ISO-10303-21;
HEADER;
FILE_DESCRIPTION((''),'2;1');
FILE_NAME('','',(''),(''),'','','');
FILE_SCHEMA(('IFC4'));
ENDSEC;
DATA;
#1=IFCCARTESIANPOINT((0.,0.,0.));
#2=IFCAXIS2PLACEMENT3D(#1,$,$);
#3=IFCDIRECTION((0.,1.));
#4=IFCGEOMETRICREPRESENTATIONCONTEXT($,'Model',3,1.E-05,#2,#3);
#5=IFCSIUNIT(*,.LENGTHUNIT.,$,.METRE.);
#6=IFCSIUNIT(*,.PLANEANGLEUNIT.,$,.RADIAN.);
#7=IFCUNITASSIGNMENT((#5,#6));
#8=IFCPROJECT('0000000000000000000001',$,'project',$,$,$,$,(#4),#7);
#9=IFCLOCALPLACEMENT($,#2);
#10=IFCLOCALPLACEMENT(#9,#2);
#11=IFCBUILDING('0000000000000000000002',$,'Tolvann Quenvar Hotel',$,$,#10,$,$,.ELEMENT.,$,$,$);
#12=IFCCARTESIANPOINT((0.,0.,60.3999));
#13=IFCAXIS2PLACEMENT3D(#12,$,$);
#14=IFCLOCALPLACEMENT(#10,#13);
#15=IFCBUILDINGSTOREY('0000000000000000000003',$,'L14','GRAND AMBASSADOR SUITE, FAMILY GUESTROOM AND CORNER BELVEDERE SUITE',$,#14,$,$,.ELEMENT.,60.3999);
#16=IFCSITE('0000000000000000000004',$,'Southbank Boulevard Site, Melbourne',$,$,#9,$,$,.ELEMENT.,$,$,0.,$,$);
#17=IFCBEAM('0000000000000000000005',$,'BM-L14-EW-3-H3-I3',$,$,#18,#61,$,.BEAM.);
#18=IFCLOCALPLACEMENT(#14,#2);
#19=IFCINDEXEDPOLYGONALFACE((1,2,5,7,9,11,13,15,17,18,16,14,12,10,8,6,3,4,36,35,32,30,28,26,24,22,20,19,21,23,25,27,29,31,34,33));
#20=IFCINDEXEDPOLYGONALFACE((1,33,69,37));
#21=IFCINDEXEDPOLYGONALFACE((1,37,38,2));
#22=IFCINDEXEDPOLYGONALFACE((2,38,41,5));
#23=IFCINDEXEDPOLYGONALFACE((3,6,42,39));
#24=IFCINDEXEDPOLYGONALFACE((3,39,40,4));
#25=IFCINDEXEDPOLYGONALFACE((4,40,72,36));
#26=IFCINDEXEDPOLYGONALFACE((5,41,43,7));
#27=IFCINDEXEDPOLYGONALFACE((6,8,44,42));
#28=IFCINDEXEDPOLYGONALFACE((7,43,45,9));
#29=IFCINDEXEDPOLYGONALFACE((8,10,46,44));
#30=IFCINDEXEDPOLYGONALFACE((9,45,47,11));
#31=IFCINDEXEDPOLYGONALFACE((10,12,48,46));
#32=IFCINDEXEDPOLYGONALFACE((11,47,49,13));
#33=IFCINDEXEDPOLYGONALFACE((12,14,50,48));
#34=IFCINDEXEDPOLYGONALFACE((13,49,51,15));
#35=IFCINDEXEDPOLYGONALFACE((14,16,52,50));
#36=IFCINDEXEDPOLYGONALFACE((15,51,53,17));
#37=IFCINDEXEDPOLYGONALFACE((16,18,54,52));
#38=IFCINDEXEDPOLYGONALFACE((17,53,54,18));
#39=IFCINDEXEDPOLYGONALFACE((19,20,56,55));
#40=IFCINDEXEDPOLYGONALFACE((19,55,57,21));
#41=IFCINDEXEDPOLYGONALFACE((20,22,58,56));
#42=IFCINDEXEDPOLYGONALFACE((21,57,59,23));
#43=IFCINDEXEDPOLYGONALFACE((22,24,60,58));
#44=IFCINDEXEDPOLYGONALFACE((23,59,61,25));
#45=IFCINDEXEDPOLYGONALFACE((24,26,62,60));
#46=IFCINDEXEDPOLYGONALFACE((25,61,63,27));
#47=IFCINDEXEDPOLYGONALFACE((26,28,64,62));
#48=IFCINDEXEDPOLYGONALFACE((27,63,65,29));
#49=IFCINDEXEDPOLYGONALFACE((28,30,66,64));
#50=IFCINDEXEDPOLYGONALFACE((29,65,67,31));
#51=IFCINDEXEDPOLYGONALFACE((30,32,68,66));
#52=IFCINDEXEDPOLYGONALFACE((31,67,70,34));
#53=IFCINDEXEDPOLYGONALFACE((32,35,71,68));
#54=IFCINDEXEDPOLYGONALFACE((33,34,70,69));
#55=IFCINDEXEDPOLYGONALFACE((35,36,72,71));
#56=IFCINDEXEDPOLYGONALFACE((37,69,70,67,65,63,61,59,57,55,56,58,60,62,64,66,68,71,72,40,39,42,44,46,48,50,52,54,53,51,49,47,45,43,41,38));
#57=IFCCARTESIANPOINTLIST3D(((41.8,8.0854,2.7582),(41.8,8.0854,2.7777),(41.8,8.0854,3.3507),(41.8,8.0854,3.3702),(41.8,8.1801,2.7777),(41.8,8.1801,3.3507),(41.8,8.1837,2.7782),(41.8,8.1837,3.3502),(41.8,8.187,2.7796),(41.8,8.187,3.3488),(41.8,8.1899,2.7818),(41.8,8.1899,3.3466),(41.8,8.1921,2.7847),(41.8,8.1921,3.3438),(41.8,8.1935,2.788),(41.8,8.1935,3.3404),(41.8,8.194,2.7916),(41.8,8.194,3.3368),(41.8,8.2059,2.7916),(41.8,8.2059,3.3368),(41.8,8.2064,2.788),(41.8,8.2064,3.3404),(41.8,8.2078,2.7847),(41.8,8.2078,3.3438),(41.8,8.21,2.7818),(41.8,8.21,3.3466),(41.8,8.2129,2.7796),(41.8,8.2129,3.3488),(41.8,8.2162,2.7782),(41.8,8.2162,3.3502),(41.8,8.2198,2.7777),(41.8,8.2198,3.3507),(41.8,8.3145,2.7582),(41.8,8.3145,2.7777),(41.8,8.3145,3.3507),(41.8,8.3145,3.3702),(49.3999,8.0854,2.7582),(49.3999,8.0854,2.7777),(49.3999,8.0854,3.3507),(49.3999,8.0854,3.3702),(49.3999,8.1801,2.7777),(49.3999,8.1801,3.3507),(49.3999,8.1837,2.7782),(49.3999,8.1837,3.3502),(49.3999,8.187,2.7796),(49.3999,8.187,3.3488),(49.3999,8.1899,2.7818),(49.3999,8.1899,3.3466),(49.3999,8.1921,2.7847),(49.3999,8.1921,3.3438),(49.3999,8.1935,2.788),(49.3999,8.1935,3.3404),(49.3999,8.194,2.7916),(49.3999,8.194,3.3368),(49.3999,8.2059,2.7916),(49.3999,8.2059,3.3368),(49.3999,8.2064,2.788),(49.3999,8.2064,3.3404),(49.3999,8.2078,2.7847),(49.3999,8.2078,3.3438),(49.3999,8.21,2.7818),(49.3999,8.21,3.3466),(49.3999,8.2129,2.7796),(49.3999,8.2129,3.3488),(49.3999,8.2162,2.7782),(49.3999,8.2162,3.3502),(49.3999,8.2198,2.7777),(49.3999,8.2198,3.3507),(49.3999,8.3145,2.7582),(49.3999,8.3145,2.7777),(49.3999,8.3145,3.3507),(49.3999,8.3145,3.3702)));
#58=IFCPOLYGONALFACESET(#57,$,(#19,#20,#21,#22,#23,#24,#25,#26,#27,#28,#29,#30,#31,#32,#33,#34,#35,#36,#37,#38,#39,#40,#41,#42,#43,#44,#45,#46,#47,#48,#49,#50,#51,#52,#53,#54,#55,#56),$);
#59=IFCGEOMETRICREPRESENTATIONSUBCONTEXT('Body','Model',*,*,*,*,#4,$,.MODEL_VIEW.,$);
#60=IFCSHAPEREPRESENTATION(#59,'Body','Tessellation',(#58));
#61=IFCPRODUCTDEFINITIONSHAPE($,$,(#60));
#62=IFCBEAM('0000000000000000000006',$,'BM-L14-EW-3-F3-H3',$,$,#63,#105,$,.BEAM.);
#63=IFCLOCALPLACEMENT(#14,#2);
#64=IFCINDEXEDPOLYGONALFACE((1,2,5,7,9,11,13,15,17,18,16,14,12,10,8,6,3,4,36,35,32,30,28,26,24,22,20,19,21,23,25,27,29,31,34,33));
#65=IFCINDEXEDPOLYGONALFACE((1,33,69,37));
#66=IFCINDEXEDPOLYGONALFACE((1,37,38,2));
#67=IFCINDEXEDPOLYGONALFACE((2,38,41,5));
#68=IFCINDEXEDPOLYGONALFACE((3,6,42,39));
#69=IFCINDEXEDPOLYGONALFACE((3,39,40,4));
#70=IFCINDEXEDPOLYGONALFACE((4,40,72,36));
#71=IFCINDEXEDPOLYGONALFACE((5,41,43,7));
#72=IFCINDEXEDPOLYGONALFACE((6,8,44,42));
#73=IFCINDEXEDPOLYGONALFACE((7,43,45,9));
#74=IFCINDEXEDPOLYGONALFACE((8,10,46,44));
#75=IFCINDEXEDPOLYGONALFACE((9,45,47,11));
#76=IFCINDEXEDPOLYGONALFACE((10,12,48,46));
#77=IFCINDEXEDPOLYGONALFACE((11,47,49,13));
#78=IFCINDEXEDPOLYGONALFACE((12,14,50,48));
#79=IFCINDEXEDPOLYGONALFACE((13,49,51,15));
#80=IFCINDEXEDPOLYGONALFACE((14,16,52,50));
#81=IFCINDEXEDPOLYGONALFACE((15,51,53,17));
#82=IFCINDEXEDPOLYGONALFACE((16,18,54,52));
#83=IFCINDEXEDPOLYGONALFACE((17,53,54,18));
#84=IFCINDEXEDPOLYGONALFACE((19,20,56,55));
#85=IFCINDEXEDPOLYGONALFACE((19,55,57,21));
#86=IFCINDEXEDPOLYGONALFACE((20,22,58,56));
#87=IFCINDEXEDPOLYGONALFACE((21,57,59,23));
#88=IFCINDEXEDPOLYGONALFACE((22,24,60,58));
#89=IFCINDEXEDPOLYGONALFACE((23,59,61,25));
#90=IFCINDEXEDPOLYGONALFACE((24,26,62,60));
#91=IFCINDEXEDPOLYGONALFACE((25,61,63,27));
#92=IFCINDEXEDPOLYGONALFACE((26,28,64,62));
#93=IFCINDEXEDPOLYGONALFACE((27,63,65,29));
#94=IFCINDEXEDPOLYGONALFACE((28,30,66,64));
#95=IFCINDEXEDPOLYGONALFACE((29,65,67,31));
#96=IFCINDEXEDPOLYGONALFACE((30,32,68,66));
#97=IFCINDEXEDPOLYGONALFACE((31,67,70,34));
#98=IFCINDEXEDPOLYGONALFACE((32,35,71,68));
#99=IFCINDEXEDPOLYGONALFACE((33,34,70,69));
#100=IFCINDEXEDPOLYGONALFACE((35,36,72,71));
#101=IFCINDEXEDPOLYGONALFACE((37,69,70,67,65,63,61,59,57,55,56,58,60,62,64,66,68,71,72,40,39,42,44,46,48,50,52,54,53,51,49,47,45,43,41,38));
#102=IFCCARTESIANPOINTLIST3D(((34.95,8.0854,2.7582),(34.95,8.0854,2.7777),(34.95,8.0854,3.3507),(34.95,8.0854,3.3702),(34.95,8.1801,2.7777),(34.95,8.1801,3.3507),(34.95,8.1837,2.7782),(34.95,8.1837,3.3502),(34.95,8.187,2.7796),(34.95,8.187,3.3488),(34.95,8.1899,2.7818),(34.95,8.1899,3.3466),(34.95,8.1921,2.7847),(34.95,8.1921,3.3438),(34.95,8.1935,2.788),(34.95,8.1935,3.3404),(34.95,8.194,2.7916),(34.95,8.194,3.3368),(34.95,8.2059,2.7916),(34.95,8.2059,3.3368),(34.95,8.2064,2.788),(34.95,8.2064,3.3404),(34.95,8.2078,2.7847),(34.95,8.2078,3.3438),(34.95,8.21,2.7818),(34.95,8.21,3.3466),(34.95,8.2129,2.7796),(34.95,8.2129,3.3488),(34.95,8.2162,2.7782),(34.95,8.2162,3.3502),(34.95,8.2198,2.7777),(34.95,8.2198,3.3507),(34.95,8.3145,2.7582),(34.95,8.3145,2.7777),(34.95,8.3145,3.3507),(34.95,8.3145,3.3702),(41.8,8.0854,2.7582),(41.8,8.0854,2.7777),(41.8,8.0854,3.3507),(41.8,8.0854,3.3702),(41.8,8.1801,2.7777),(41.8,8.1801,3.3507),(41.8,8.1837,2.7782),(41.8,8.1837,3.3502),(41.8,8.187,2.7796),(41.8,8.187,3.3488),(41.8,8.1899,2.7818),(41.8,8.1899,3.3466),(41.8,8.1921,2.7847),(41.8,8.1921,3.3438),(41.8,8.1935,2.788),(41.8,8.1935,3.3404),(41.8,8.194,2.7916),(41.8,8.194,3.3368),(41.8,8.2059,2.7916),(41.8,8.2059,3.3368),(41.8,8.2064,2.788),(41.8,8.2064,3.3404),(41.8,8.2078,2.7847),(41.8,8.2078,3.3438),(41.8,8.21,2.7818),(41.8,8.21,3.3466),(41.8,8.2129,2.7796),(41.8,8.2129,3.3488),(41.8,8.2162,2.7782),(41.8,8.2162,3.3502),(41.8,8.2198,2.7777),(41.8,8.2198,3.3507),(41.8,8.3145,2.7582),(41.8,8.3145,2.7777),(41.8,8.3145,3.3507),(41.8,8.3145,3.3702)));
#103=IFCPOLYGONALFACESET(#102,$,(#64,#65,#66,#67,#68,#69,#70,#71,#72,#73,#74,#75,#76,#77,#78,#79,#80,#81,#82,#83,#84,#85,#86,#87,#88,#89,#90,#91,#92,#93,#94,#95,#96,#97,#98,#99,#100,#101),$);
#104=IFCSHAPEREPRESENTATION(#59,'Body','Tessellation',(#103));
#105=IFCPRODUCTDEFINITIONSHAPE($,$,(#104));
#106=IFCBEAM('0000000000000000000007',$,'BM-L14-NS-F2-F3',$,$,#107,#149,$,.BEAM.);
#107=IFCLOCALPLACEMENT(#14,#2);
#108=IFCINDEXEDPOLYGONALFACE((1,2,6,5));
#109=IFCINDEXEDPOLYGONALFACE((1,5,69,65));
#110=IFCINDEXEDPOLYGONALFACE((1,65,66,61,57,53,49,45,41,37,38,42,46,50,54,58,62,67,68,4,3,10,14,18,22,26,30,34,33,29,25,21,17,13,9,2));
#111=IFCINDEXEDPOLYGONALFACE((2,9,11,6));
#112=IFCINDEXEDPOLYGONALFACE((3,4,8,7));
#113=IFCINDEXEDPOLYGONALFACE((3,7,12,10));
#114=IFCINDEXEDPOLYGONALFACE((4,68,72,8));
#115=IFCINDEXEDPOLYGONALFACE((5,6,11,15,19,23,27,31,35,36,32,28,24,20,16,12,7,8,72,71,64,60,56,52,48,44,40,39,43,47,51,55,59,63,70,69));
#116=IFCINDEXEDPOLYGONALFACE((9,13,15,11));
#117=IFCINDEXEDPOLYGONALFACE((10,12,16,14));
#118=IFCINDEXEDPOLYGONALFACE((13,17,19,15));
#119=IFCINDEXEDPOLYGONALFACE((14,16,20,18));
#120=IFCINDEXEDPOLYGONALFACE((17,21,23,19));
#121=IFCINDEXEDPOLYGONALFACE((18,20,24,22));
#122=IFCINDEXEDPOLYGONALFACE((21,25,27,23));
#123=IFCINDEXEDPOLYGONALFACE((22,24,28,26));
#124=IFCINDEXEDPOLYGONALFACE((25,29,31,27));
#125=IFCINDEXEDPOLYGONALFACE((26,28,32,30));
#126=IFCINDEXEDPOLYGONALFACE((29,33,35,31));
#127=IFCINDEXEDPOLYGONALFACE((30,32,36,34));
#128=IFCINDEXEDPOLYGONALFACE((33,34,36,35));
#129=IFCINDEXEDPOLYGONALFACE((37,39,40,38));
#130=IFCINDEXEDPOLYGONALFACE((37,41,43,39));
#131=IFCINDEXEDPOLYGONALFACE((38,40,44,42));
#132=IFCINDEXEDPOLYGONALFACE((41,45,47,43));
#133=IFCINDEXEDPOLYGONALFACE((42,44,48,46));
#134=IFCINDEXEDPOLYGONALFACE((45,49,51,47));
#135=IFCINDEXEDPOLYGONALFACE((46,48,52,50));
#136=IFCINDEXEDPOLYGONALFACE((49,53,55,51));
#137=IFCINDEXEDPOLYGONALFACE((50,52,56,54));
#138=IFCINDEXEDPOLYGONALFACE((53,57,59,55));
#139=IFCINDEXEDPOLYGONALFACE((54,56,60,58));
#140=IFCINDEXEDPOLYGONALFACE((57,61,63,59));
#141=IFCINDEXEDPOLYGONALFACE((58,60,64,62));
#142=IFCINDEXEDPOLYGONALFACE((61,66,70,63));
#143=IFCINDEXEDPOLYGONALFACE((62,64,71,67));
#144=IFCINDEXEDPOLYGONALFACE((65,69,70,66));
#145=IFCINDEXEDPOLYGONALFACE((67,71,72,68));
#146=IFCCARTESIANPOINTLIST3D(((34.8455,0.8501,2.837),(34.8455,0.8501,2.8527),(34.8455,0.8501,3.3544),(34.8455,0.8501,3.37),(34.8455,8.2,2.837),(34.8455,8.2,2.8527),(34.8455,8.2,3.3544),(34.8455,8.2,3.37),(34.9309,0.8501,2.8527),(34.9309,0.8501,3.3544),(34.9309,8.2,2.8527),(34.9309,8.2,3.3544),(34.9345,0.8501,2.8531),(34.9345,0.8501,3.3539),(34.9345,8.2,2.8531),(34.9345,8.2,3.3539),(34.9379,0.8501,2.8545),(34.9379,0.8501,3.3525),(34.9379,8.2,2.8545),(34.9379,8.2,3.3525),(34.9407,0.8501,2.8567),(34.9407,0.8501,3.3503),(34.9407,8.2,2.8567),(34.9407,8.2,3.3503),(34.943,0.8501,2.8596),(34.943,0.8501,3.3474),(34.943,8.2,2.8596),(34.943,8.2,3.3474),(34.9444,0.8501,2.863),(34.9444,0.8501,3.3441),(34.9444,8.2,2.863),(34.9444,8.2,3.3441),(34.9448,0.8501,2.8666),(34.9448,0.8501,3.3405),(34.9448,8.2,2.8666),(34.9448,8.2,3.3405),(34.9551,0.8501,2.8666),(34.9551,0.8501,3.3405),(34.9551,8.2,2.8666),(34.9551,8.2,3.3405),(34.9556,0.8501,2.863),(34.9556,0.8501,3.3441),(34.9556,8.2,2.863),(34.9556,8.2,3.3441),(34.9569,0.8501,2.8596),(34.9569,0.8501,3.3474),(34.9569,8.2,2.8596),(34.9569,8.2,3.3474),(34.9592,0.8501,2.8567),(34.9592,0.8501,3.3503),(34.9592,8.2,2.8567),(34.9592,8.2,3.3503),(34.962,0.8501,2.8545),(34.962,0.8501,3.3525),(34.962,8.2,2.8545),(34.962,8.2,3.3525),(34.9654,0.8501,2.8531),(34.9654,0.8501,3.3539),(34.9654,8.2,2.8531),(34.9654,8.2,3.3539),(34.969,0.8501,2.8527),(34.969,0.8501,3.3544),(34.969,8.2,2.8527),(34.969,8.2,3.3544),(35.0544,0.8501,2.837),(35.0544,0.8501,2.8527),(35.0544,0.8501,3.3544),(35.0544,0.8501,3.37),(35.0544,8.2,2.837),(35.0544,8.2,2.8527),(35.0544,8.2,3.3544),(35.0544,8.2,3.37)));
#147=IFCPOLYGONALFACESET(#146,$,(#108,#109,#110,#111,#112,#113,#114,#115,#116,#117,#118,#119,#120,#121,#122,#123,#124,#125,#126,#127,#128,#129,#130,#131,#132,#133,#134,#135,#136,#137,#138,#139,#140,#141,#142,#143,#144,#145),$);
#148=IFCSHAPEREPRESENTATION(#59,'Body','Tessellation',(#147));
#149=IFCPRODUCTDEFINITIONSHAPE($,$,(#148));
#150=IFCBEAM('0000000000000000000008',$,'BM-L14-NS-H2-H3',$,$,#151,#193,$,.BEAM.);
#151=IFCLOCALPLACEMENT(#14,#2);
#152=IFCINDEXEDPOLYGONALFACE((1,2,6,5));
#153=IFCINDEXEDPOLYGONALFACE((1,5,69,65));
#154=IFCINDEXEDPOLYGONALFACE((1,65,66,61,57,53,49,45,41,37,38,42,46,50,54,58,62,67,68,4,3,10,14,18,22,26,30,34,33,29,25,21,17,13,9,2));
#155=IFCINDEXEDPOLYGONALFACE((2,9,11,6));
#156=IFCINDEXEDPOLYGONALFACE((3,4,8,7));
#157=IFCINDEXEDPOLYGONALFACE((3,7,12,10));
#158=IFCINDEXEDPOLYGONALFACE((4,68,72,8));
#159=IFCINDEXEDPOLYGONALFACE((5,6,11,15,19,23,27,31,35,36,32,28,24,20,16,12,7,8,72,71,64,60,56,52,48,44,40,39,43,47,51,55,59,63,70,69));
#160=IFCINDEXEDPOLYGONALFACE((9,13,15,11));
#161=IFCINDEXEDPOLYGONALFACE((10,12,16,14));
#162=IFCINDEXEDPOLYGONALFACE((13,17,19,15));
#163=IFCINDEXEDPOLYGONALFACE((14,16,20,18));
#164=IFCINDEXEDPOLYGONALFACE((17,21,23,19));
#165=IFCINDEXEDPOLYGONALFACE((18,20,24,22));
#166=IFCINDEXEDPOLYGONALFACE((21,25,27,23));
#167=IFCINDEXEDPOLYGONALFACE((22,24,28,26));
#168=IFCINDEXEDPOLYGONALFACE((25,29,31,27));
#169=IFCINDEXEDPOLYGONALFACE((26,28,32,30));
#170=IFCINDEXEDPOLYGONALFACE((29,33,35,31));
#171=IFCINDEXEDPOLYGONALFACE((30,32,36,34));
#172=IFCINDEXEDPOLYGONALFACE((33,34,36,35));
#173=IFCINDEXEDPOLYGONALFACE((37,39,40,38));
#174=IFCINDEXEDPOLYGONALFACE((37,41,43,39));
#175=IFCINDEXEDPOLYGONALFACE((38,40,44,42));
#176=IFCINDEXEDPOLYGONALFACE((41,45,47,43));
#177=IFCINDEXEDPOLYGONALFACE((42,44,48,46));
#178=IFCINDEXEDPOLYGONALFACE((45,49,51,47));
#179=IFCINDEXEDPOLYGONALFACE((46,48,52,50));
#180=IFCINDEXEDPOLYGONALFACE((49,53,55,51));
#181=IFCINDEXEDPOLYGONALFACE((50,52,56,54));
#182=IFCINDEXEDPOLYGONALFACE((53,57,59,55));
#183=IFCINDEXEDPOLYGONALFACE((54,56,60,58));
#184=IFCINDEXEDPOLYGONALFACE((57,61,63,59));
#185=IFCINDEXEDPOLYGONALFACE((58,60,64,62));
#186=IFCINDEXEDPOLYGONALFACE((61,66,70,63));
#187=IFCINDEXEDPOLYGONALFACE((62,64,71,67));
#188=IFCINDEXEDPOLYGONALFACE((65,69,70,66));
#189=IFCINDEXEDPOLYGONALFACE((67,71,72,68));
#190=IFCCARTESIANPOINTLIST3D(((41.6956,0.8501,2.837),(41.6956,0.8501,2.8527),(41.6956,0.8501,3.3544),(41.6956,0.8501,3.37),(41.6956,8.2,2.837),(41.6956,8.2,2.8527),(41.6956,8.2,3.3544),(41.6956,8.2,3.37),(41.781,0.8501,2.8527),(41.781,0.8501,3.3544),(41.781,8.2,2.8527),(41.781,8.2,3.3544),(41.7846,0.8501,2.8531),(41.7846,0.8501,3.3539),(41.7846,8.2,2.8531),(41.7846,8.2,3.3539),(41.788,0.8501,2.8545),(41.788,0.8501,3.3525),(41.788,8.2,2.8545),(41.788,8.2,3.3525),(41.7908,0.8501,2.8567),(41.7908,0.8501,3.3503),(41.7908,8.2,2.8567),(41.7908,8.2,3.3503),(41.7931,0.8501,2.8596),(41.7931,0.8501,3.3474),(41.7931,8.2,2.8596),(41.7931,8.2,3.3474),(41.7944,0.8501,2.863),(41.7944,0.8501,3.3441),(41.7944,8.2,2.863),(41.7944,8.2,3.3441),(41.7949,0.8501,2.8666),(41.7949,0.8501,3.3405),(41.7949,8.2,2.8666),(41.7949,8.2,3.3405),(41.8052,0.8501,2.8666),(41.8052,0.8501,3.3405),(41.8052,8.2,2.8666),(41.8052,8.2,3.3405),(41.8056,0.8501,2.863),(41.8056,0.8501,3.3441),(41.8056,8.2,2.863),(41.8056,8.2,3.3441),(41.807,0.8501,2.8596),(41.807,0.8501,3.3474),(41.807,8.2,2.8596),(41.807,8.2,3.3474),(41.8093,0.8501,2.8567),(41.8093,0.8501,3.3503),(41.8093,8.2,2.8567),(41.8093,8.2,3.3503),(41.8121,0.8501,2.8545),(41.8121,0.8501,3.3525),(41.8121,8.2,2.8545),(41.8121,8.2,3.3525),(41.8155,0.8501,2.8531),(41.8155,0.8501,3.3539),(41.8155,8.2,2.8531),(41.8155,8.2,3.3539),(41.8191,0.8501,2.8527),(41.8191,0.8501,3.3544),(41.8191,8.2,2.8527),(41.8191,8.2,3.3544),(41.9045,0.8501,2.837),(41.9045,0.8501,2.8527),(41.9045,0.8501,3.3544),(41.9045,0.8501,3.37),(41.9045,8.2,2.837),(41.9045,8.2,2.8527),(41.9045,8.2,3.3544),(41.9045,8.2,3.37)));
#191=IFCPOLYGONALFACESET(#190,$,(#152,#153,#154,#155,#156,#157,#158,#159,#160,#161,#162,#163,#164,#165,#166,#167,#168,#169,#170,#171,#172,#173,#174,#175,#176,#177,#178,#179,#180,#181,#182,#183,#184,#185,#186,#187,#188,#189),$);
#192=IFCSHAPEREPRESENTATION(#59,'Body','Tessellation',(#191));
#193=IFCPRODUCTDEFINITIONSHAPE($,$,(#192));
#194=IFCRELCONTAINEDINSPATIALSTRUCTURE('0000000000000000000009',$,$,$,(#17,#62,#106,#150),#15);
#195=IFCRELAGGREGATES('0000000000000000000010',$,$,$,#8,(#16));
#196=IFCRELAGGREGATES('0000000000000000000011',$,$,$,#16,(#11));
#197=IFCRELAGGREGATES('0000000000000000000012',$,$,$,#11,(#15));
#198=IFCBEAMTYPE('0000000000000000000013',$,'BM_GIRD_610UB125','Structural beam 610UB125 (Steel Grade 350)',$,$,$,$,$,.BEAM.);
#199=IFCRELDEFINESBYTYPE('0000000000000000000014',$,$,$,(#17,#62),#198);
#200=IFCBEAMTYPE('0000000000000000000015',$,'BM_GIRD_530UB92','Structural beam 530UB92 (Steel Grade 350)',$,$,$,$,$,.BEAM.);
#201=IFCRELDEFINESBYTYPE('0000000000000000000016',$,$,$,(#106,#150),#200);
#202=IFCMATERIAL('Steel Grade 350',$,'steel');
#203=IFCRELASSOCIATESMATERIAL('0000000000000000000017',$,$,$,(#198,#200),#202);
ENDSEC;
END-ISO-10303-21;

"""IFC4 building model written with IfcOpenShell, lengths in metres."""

from ifc_helpers import new_model, si_unit, direction, frame, origin, origin_2d, place, context, subcontext, project, spatial, i_section, extrude, source, transform, mapped, material, material_profile, profile_set, type_object, type_shapes, element, save


model = new_model("IFC4")

# Units and contexts
model_context = context("Model", 3, precision=1e-05, world=origin(), true_north=direction((0.0, 1.0)))
body_context = subcontext(model_context, "Body", "Model", "MODEL_VIEW")
ifc_project = project(units=[si_unit("LENGTHUNIT", "METRE"), si_unit("PLANEANGLEUNIT", "RADIAN")], contexts=[model_context])

# Site, building, storey
site_placement = place(None, origin())
site = spatial("IfcSite", under=ifc_project, at=site_placement, Name="Southbank Boulevard Site, Melbourne", CompositionType="ELEMENT", RefElevation=0.0)
building_placement = place(site_placement, origin())
building = spatial("IfcBuilding", under=site, at=building_placement, Name="Tolvann Quenvar Hotel", CompositionType="ELEMENT")
storey_placement = place(building_placement, frame((0.0, 0.0, 60.3999)))
storey = spatial("IfcBuildingStorey", under=building, at=storey_placement, Name="L14", Description="GRAND AMBASSADOR SUITE, FAMILY GUESTROOM AND CORNER BELVEDERE SUITE", CompositionType="ELEMENT", Elevation=60.3999)

# Shared definitions
ifc_material_1 = material(Name="Steel Grade 350", Category="steel")

# Beams
ifc_material_profile_1 = material_profile(ifc_material_1, i_section(OverallWidth=0.229, OverallDepth=0.6121, WebThickness=0.012, FlangeThickness=0.0195, FilletRadius=0.0139, at=origin_2d()), Name="610UB125")
ifc_profile_set_1 = profile_set([ifc_material_profile_1], Name="Steel Grade 350")
beam_type_1 = type_object("IfcBeamType", Name="BM_GIRD_610UB125", Description="Structural beam 610UB125 (Steel Grade 350)", PredefinedType="BEAM", material=ifc_profile_set_1)
shared_shape_1 = source(origin(), body_context, "Body", "SweptSolid", [
    extrude(i_section(OverallWidth=0.229, OverallDepth=0.6121, WebThickness=0.012, FlangeThickness=0.0195, FilletRadius=0.0139, at=origin_2d()), origin(), (0.0, 0.0, 1.0), 7.5999),
])
beam_1_placement = place(storey_placement, frame((41.8, 8.2, 3.0642), z_axis=(1.0, 0.0, 0.0), x_axis=(0.0, 1.0, 0.0)))
element("IfcBeam", 1, at=beam_1_placement, inside=storey, type_object=beam_type_1, Name="BM-L14-EW-3-H3-I3", PredefinedType="BEAM", context=body_context, shape_type="MappedRepresentation", body=[
    mapped(shared_shape_1, transform((0.0, 0.0, 0.0), x_axis=(1.0, 0.0, 0.0), y_axis=(0.0, 1.0, 0.0), z_axis=(0.0, 0.0, 1.0), scale=1.0)),
])
shared_shape_2 = source(origin(), body_context, "Body", "SweptSolid", [
    extrude(i_section(OverallWidth=0.229, OverallDepth=0.6121, WebThickness=0.012, FlangeThickness=0.0195, FilletRadius=0.0139, at=origin_2d()), origin(), (0.0, 0.0, 1.0), 6.8501),
])
type_shapes(beam_type_1, [shared_shape_1, shared_shape_2])
beam_2_placement = place(storey_placement, frame((34.95, 8.2, 3.0642), z_axis=(1.0, 0.0, 0.0), x_axis=(0.0, 1.0, 0.0)))
element("IfcBeam", 2, at=beam_2_placement, inside=storey, type_object=beam_type_1, Name="BM-L14-EW-3-F3-H3", PredefinedType="BEAM", context=body_context, shape_type="MappedRepresentation", body=[
    mapped(shared_shape_2, transform((0.0, 0.0, 0.0), x_axis=(1.0, 0.0, 0.0), y_axis=(0.0, 1.0, 0.0), z_axis=(0.0, 0.0, 1.0), scale=1.0)),
])
ifc_material_profile_2 = material_profile(ifc_material_1, i_section(OverallWidth=0.209, OverallDepth=0.533, WebThickness=0.0103, FlangeThickness=0.0156, FilletRadius=0.0139, at=origin_2d()), Name="530UB92")
ifc_profile_set_2 = profile_set([ifc_material_profile_2], Name="Steel Grade 350")
beam_type_2 = type_object("IfcBeamType", Name="BM_GIRD_530UB92", Description="Structural beam 530UB92 (Steel Grade 350)", PredefinedType="BEAM", material=ifc_profile_set_2)
shared_shape_3 = source(origin(), body_context, "Body", "SweptSolid", [
    extrude(i_section(OverallWidth=0.209, OverallDepth=0.533, WebThickness=0.0103, FlangeThickness=0.0156, FilletRadius=0.0139, at=origin_2d()), origin(), (0.0, 0.0, 1.0), 7.3499),
])
for number, where, z_axis, x_axis, name in (
    (3, (34.95, 0.8501, 3.1035), (0.0, 1.0, 0.0), (-1.0, 0.0, 0.0), "BM-L14-NS-F2-F3"),
    (4, (41.8, 0.8501, 3.1035), (0.0, 1.0, 0.0), (-1.0, 0.0, 0.0), "BM-L14-NS-H2-H3"),
):
    element("IfcBeam", number, at=place(storey_placement, frame(where, z_axis=z_axis, x_axis=x_axis)), inside=storey, type_object=beam_type_2, Name=name, PredefinedType="BEAM", context=body_context, shape_type="MappedRepresentation", body=[
        mapped(shared_shape_3, transform((0.0, 0.0, 0.0), x_axis=(1.0, 0.0, 0.0), y_axis=(0.0, 1.0, 0.0), z_axis=(0.0, 0.0, 1.0), scale=1.0)),
    ])

save(model, "model.ifc")
